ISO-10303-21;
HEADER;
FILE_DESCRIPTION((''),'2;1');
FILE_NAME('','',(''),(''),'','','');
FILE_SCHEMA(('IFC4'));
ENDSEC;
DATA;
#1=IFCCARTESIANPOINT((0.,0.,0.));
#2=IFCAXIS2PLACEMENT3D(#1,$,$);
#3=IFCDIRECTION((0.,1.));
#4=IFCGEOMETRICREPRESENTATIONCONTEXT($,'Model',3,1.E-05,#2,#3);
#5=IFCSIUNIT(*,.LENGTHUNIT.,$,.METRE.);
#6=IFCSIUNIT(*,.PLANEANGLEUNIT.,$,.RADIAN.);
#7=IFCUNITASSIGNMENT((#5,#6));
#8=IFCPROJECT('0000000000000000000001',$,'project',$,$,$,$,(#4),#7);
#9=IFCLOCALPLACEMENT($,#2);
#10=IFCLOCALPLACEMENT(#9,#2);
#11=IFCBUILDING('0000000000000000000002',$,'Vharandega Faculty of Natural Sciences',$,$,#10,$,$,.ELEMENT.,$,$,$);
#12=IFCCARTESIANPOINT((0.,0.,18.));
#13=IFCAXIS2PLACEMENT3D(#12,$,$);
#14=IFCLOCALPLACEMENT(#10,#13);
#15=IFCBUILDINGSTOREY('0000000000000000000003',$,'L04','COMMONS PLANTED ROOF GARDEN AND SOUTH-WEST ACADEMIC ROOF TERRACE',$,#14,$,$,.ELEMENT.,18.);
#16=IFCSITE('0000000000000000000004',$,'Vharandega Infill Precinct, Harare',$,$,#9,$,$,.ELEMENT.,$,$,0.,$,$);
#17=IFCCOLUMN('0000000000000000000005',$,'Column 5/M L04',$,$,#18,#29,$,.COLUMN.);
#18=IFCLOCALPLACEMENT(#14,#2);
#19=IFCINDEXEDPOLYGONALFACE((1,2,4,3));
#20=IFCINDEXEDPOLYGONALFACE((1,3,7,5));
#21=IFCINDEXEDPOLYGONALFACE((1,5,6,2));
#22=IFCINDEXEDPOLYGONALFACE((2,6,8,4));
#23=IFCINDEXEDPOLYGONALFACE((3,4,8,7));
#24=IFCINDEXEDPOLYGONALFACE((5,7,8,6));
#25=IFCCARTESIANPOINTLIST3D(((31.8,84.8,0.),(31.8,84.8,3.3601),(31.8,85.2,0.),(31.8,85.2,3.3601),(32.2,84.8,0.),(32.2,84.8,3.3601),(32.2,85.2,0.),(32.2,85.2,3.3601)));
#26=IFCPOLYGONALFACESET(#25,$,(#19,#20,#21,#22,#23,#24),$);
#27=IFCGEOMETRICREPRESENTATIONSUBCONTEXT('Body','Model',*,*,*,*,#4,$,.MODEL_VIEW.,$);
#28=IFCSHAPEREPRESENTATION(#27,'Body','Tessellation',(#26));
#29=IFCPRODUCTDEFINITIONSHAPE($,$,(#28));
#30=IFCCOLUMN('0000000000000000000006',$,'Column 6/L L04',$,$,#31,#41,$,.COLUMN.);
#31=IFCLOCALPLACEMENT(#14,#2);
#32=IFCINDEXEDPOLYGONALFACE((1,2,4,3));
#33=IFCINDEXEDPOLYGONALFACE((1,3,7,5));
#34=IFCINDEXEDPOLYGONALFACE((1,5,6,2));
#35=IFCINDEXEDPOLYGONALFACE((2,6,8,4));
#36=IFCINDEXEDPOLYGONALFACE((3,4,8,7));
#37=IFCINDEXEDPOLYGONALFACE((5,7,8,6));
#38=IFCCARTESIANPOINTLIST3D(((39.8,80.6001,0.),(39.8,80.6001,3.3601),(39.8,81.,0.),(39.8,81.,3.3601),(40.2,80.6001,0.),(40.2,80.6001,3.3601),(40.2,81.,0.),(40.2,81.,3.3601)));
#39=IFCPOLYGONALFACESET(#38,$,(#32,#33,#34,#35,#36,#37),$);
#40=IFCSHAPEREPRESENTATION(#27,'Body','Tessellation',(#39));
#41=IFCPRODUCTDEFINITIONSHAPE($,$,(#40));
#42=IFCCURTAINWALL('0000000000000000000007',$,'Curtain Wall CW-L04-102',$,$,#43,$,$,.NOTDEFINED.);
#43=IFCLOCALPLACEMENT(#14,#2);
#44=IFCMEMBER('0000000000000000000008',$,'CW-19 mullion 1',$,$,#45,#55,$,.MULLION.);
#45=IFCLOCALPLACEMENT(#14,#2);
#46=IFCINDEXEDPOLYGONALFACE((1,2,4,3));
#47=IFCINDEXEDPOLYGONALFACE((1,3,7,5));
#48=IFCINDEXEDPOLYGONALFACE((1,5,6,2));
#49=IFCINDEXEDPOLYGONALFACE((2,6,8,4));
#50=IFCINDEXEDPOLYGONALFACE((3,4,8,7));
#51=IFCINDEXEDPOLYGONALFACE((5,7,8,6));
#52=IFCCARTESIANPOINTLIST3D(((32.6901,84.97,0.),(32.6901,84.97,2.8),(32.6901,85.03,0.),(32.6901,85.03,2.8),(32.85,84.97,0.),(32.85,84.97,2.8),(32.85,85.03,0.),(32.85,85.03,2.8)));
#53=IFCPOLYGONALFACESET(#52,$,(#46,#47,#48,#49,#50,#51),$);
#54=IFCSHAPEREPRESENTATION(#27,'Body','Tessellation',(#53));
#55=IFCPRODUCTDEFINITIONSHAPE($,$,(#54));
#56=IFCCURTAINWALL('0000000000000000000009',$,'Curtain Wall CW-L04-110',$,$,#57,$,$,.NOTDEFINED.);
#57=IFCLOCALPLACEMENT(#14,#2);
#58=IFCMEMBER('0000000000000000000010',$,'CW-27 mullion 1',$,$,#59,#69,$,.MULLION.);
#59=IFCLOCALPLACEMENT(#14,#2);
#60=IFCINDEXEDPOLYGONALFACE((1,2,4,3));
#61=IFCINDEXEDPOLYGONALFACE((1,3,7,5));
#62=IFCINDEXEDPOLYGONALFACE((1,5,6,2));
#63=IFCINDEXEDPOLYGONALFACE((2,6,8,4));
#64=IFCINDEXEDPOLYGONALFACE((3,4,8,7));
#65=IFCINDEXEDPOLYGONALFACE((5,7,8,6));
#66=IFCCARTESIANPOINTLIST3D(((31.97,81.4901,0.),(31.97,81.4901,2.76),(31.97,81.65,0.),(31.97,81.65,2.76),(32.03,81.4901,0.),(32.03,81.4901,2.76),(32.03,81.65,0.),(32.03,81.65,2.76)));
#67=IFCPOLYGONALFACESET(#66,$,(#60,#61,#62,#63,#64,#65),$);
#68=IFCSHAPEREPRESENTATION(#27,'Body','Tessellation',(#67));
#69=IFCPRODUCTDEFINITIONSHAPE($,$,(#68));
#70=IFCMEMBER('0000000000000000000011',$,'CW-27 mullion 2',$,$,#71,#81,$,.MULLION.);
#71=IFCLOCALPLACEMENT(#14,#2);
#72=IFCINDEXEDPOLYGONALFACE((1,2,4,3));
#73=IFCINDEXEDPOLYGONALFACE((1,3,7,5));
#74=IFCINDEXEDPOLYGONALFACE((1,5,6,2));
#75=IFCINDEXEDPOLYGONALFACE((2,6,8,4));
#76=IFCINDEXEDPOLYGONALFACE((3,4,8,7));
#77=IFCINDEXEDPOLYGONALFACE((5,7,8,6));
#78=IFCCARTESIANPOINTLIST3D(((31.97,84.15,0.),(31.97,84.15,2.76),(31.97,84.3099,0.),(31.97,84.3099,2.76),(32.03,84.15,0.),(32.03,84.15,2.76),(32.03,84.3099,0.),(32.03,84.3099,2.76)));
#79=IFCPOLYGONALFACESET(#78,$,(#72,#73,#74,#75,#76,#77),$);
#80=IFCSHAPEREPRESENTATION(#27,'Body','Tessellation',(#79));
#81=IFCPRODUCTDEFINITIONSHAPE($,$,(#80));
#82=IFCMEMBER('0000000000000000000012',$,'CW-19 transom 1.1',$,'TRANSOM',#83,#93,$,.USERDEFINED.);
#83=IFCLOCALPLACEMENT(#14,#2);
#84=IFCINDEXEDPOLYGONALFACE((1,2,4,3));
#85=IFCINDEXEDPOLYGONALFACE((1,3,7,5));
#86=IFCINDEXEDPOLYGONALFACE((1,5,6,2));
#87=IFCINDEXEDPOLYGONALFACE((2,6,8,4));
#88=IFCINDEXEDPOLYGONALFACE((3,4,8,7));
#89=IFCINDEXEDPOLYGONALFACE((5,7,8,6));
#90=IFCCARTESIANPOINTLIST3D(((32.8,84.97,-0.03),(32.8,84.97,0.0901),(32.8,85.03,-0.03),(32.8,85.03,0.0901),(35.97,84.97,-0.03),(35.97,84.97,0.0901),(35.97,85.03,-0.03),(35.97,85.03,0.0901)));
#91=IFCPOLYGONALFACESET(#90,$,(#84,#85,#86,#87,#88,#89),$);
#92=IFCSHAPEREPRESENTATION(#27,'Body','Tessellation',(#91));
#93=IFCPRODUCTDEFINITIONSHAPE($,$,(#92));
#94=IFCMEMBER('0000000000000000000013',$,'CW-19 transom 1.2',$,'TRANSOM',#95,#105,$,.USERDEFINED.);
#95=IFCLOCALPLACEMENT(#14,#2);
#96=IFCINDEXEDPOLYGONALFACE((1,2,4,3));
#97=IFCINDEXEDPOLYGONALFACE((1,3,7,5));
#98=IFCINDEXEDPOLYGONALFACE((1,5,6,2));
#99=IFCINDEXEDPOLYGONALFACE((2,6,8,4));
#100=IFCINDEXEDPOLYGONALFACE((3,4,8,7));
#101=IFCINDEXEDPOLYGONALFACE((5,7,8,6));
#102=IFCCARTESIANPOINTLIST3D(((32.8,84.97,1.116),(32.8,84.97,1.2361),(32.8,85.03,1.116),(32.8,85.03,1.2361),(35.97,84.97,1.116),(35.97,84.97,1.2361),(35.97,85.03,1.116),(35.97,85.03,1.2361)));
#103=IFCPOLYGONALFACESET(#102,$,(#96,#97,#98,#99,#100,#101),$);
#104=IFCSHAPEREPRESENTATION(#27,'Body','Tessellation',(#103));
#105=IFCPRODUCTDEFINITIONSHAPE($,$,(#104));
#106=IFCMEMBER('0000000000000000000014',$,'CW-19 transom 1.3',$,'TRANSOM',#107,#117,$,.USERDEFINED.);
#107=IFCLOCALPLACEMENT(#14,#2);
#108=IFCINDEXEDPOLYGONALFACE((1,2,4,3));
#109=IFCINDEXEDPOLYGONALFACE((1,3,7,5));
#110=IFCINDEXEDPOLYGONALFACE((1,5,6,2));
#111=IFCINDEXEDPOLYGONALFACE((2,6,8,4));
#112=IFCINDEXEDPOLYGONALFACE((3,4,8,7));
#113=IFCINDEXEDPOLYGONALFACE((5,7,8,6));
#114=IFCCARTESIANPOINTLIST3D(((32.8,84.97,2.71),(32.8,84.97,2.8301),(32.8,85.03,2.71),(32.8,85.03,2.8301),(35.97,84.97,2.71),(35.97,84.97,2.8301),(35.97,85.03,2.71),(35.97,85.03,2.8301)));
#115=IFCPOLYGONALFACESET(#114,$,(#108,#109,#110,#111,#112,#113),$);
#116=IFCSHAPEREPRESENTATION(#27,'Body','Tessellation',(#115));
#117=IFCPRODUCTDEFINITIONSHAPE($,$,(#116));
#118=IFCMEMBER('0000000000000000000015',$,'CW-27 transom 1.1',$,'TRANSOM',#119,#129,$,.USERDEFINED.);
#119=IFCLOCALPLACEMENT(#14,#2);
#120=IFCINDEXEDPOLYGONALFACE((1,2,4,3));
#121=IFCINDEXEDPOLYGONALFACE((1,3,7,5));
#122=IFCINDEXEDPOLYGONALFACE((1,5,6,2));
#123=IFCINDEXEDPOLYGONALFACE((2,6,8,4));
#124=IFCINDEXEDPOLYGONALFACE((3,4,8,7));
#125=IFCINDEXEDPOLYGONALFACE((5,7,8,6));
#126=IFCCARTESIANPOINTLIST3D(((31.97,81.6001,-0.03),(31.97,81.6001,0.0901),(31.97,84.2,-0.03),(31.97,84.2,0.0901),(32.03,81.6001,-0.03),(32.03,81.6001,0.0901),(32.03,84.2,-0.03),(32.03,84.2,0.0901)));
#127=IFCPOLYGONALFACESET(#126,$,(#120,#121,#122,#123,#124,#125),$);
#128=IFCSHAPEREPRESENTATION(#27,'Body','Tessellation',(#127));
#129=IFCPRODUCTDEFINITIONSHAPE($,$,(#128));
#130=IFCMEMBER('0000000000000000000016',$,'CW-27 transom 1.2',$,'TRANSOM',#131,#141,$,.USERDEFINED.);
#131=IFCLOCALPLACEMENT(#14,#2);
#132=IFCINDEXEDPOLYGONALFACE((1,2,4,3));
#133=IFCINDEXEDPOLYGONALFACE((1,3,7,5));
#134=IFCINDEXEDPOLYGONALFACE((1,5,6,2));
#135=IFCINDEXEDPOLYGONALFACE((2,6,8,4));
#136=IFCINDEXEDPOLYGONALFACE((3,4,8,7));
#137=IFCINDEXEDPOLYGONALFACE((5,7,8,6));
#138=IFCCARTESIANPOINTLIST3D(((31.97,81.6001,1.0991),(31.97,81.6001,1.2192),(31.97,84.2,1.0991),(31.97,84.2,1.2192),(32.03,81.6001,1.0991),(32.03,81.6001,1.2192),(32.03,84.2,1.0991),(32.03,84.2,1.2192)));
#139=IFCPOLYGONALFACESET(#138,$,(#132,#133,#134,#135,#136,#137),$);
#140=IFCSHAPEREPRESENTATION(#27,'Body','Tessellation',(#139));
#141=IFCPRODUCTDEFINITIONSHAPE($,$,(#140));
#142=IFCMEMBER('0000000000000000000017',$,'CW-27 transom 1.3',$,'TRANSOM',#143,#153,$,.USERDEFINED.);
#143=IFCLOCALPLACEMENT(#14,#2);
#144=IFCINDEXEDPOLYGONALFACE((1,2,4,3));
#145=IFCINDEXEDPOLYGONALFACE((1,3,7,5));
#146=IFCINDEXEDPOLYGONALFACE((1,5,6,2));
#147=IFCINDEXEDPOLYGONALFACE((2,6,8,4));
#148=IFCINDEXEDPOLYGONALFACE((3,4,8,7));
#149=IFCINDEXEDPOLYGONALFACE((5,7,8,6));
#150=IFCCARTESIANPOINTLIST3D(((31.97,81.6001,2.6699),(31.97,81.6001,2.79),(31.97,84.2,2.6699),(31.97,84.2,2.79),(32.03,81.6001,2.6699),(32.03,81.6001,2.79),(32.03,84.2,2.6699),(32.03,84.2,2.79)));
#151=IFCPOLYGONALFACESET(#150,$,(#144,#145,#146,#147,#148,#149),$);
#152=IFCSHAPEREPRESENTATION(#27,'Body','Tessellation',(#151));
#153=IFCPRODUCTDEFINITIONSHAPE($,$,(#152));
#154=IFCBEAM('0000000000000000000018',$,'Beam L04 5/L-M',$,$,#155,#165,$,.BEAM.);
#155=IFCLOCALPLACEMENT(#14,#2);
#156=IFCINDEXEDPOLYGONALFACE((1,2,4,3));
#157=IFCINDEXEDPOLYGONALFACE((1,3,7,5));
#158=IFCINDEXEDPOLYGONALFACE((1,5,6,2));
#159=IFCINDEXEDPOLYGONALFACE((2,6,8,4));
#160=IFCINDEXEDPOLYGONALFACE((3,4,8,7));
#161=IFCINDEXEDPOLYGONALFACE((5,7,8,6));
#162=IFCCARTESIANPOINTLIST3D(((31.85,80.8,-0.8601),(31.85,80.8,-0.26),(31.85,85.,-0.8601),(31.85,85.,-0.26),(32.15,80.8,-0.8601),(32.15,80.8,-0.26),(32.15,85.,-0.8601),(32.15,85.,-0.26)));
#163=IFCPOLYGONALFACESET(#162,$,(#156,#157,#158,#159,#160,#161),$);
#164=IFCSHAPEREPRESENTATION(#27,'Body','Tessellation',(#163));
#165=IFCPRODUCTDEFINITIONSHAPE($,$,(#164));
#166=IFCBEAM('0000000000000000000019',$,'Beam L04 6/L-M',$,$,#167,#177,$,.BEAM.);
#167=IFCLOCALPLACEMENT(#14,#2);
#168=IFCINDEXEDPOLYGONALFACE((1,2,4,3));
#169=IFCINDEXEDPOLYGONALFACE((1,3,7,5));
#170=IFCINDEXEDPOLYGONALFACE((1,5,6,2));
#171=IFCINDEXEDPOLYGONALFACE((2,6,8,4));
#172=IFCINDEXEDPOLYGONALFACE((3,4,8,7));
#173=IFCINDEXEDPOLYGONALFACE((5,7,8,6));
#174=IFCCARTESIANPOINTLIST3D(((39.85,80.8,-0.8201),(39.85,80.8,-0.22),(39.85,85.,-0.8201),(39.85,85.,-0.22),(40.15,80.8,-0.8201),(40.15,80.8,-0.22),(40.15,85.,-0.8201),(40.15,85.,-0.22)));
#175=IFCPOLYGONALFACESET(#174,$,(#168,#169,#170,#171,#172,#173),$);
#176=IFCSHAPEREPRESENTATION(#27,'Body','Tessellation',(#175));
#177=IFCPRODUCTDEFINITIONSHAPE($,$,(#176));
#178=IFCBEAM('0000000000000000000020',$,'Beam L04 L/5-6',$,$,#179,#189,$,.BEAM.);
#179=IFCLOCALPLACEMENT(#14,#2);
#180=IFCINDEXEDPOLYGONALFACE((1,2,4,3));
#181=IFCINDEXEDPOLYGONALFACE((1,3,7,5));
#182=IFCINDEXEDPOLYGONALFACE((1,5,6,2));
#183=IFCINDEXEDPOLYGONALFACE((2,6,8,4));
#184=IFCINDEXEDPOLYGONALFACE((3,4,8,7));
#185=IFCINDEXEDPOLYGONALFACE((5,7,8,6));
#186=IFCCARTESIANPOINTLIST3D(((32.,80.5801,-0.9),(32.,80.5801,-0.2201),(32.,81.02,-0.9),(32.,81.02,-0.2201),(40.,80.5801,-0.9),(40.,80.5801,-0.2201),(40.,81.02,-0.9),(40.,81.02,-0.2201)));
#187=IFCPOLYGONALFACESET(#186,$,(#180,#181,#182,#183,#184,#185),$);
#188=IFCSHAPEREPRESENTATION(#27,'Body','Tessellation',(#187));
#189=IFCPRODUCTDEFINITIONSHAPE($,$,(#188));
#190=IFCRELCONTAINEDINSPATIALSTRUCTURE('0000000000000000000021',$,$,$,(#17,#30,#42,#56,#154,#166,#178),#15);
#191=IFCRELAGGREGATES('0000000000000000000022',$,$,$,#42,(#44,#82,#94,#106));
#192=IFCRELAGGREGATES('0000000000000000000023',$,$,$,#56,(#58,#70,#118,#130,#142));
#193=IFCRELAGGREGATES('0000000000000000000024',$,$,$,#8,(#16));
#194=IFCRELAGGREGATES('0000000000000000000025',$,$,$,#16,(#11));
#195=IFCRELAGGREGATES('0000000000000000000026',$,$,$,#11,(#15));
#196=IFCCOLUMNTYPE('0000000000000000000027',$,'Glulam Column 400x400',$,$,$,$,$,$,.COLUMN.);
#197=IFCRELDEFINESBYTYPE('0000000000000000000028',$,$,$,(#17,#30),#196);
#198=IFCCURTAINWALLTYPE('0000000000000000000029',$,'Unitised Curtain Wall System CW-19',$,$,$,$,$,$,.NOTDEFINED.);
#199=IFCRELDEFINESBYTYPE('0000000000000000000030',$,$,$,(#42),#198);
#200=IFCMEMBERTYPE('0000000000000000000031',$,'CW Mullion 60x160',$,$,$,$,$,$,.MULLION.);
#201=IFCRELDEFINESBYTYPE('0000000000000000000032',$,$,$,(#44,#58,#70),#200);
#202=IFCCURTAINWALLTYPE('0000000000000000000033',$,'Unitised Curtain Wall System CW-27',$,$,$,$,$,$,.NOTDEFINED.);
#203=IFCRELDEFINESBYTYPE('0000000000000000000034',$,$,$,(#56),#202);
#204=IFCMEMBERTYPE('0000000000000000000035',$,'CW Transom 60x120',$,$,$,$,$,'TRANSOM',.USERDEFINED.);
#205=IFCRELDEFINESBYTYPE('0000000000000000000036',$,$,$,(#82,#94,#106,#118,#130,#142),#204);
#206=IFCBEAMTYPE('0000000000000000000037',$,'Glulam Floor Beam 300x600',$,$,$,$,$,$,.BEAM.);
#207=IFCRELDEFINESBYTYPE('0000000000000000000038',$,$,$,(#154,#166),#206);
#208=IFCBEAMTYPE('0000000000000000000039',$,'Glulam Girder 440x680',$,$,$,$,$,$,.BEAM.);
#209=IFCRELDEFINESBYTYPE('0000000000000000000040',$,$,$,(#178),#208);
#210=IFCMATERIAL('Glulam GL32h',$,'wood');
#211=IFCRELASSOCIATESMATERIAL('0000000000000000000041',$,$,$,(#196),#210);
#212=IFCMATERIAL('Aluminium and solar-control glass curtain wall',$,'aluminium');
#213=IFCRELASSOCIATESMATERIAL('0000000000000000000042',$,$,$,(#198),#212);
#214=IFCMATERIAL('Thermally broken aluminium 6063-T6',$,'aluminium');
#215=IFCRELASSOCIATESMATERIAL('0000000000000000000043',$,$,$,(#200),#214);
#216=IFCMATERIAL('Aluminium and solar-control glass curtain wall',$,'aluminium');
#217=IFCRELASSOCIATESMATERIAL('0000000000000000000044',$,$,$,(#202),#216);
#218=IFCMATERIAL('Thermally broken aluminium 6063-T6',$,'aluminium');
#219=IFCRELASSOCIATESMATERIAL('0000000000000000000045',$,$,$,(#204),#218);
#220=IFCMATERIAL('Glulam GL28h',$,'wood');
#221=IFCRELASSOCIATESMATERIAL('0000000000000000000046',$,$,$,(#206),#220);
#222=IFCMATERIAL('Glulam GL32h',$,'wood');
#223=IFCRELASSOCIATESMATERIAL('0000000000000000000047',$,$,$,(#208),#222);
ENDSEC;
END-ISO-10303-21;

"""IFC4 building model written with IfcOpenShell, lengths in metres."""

from ifc_helpers import new_model, si_unit, direction, frame, origin, origin_2d, place, context, subcontext, project, spatial, rectangle, extrude, material, material_profile, profile_set, type_object, element, aggregate, save


model = new_model("IFC4")

# Units and contexts
model_context = context("Model", 3, precision=1e-05, world=origin(), true_north=direction((0.0, 1.0)))
body_context = subcontext(model_context, "Body", "Model", "MODEL_VIEW")
ifc_project = project(units=[si_unit("LENGTHUNIT", "METRE"), si_unit("PLANEANGLEUNIT", "RADIAN")], contexts=[model_context])

# Site, building, storey
site_placement = place(None, origin())
site = spatial("IfcSite", under=ifc_project, at=site_placement, Name="Vharandega Infill Precinct, Harare", CompositionType="ELEMENT", RefElevation=0.0)
building_placement = place(site_placement, origin())
building = spatial("IfcBuilding", under=site, at=building_placement, Name="Vharandega Faculty of Natural Sciences", CompositionType="ELEMENT")
storey_placement = place(building_placement, frame((0.0, 0.0, 18.0)))
storey = spatial("IfcBuildingStorey", under=building, at=storey_placement, Name="L04", Description="COMMONS PLANTED ROOF GARDEN AND SOUTH-WEST ACADEMIC ROOF TERRACE", CompositionType="ELEMENT", Elevation=18.0)

# Columns
ifc_material_1 = material(Name="Glulam GL32h", Category="wood")
ifc_material_profile_1 = material_profile(ifc_material_1, rectangle(XDim=0.3999, YDim=0.3999, at=origin_2d()), Name="GL32h 400x400")
ifc_profile_set_1 = profile_set([ifc_material_profile_1], Name="Glulam GL32h")
column_type = type_object("IfcColumnType", Name="Glulam Column 400x400", PredefinedType="COLUMN", material=ifc_profile_set_1)
for number, where, z_axis, x_axis, name in (
    (1, (32.0, 85.0, 0.0), (0.0, 0.0, 1.0), (1.0, 0.0, 0.0), "Column 5/M L04"),
    (2, (40.0, 80.8, 0.0), (0.0, 0.0, 1.0), (1.0, 0.0, 0.0), "Column 6/L L04"),
):
    element("IfcColumn", number, at=place(storey_placement, frame(where, z_axis=z_axis, x_axis=x_axis)), inside=storey, type_object=column_type, Name=name, PredefinedType="COLUMN", context=body_context, shape_type="SweptSolid", body=[
        extrude(rectangle(XDim=0.3999, YDim=0.3999, at=origin_2d()), origin(), (0.0, 0.0, 1.0), 3.3601),
    ])

# Curtain wall, member
ifc_material_2 = material(Name="Aluminium and solar-control glass curtain wall", Category="aluminium")
curtain_wall_type_1 = type_object("IfcCurtainWallType", Name="Unitised Curtain Wall System CW-19", PredefinedType="NOTDEFINED", material=ifc_material_2)
curtain_wall_1_placement = place(storey_placement, origin())
curtain_wall_1 = element("IfcCurtainWall", 3, at=curtain_wall_1_placement, inside=storey, type_object=curtain_wall_type_1, Name="Curtain Wall CW-L04-102", PredefinedType="NOTDEFINED")
ifc_material_3 = material(Name="Thermally broken aluminium 6063-T6", Category="aluminium")
ifc_material_profile_2 = material_profile(ifc_material_3, rectangle(XDim=0.0601, YDim=0.1599, at=origin_2d()), Name="ALU 60x160")
ifc_profile_set_2 = profile_set([ifc_material_profile_2], Name="Thermally broken aluminium 6063-T6")
member_type_1 = type_object("IfcMemberType", Name="CW Mullion 60x160", PredefinedType="MULLION", material=ifc_profile_set_2)
member_1_placement = place(storey_placement, frame((32.77, 85.0, 0.0), z_axis=(0.0, 0.0, 1.0), x_axis=(0.0, 1.0, 0.0)))
member_1 = element("IfcMember", 4, at=member_1_placement, type_object=member_type_1, Name="CW-19 mullion 1", PredefinedType="MULLION", context=body_context, shape_type="SweptSolid", body=[
    extrude(rectangle(XDim=0.0601, YDim=0.1599, at=origin_2d()), origin(), (0.0, 0.0, 1.0), 2.8),
])

# Curtain wall, members
ifc_material_4 = material(Name="Aluminium and solar-control glass curtain wall", Category="aluminium")
curtain_wall_type_2 = type_object("IfcCurtainWallType", Name="Unitised Curtain Wall System CW-27", PredefinedType="NOTDEFINED", material=ifc_material_4)
curtain_wall_2_placement = place(storey_placement, origin())
curtain_wall_2 = element("IfcCurtainWall", 5, at=curtain_wall_2_placement, inside=storey, type_object=curtain_wall_type_2, Name="Curtain Wall CW-L04-110", PredefinedType="NOTDEFINED")
member_2_placement = place(storey_placement, frame((32.0, 81.5701, 0.0), z_axis=(0.0, 0.0, 1.0), x_axis=(-1.0, 0.0, 0.0)))
member_2 = element("IfcMember", 6, at=member_2_placement, type_object=member_type_1, Name="CW-27 mullion 1", PredefinedType="MULLION", context=body_context, shape_type="SweptSolid", body=[
    extrude(rectangle(XDim=0.0601, YDim=0.1599, at=origin_2d()), origin(), (0.0, 0.0, 1.0), 2.76),
])
member_3_placement = place(storey_placement, frame((32.0, 84.23, 0.0), z_axis=(0.0, 0.0, 1.0), x_axis=(-1.0, 0.0, 0.0)))
member_3 = element("IfcMember", 7, at=member_3_placement, type_object=member_type_1, Name="CW-27 mullion 2", PredefinedType="MULLION", context=body_context, shape_type="SweptSolid", body=[
    extrude(rectangle(XDim=0.0601, YDim=0.1599, at=origin_2d()), origin(), (0.0, 0.0, 1.0), 2.76),
])

# Members
ifc_material_5 = material(Name="Thermally broken aluminium 6063-T6", Category="aluminium")
ifc_material_profile_3 = material_profile(ifc_material_5, rectangle(XDim=0.0601, YDim=0.1201, at=origin_2d()), Name="ALU 60x120")
ifc_profile_set_3 = profile_set([ifc_material_profile_3], Name="Thermally broken aluminium 6063-T6")
member_type_2 = type_object("IfcMemberType", Name="CW Transom 60x120", ElementType="TRANSOM", PredefinedType="USERDEFINED", material=ifc_profile_set_3)
member_4_placement = place(storey_placement, frame((32.8, 85.0, 0.03), z_axis=(1.0, 0.0, 0.0), x_axis=(0.0, 1.0, 0.0)))
member_4 = element("IfcMember", 8, at=member_4_placement, type_object=member_type_2, Name="CW-19 transom 1.1", ObjectType="TRANSOM", PredefinedType="USERDEFINED", context=body_context, shape_type="SweptSolid", body=[
    extrude(rectangle(XDim=0.0601, YDim=0.1201, at=origin_2d()), origin(), (0.0, 0.0, 1.0), 3.1699),
])
member_5_placement = place(storey_placement, frame((32.8, 85.0, 1.176), z_axis=(1.0, 0.0, 0.0), x_axis=(0.0, 1.0, 0.0)))
member_5 = element("IfcMember", 9, at=member_5_placement, type_object=member_type_2, Name="CW-19 transom 1.2", ObjectType="TRANSOM", PredefinedType="USERDEFINED", context=body_context, shape_type="SweptSolid", body=[
    extrude(rectangle(XDim=0.0601, YDim=0.1201, at=origin_2d()), origin(), (0.0, 0.0, 1.0), 3.1699),
])
member_6_placement = place(storey_placement, frame((32.8, 85.0, 2.77), z_axis=(1.0, 0.0, 0.0), x_axis=(0.0, 1.0, 0.0)))
member_6 = element("IfcMember", 10, at=member_6_placement, type_object=member_type_2, Name="CW-19 transom 1.3", ObjectType="TRANSOM", PredefinedType="USERDEFINED", context=body_context, shape_type="SweptSolid", body=[
    extrude(rectangle(XDim=0.0601, YDim=0.1201, at=origin_2d()), origin(), (0.0, 0.0, 1.0), 3.1699),
])
member_7_placement = place(storey_placement, frame((32.0, 81.6001, 0.03), z_axis=(0.0, 1.0, 0.0), x_axis=(-1.0, 0.0, 0.0)))
member_7 = element("IfcMember", 11, at=member_7_placement, type_object=member_type_2, Name="CW-27 transom 1.1", ObjectType="TRANSOM", PredefinedType="USERDEFINED", context=body_context, shape_type="SweptSolid", body=[
    extrude(rectangle(XDim=0.0601, YDim=0.1201, at=origin_2d()), origin(), (0.0, 0.0, 1.0), 2.5999),
])
member_8_placement = place(storey_placement, frame((32.0, 81.6001, 1.1592), z_axis=(0.0, 1.0, 0.0), x_axis=(-1.0, 0.0, 0.0)))
member_8 = element("IfcMember", 12, at=member_8_placement, type_object=member_type_2, Name="CW-27 transom 1.2", ObjectType="TRANSOM", PredefinedType="USERDEFINED", context=body_context, shape_type="SweptSolid", body=[
    extrude(rectangle(XDim=0.0601, YDim=0.1201, at=origin_2d()), origin(), (0.0, 0.0, 1.0), 2.5999),
])
member_9_placement = place(storey_placement, frame((32.0, 81.6001, 2.73), z_axis=(0.0, 1.0, 0.0), x_axis=(-1.0, 0.0, 0.0)))
member_9 = element("IfcMember", 13, at=member_9_placement, type_object=member_type_2, Name="CW-27 transom 1.3", ObjectType="TRANSOM", PredefinedType="USERDEFINED", context=body_context, shape_type="SweptSolid", body=[
    extrude(rectangle(XDim=0.0601, YDim=0.1201, at=origin_2d()), origin(), (0.0, 0.0, 1.0), 2.5999),
])

# Beams
ifc_material_6 = material(Name="Glulam GL28h", Category="wood")
ifc_material_profile_4 = material_profile(ifc_material_6, rectangle(XDim=0.3, YDim=0.6001, at=origin_2d()), Name="GL28h 300x600")
ifc_profile_set_4 = profile_set([ifc_material_profile_4], Name="Glulam GL28h")
beam_type_1 = type_object("IfcBeamType", Name="Glulam Floor Beam 300x600", PredefinedType="BEAM", material=ifc_profile_set_4)
for number, where, z_axis, x_axis, name in (
    (14, (32.0, 80.8, -0.5601), (0.0, 1.0, 0.0), (-1.0, 0.0, 0.0), "Beam L04 5/L-M"),
    (15, (40.0, 80.8, -0.52), (0.0, 1.0, 0.0), (-1.0, 0.0, 0.0), "Beam L04 6/L-M"),
):
    element("IfcBeam", number, at=place(storey_placement, frame(where, z_axis=z_axis, x_axis=x_axis)), inside=storey, type_object=beam_type_1, Name=name, PredefinedType="BEAM", context=body_context, shape_type="SweptSolid", body=[
        extrude(rectangle(XDim=0.3, YDim=0.6001, at=origin_2d()), origin(), (0.0, 0.0, 1.0), 4.2),
    ])
ifc_material_7 = material(Name="Glulam GL32h", Category="wood")
ifc_material_profile_5 = material_profile(ifc_material_7, rectangle(XDim=0.4399, YDim=0.6799, at=origin_2d()), Name="GL32h 440x680")
ifc_profile_set_5 = profile_set([ifc_material_profile_5], Name="Glulam GL32h")
beam_type_2 = type_object("IfcBeamType", Name="Glulam Girder 440x680", PredefinedType="BEAM", material=ifc_profile_set_5)
for number, where, z_axis, x_axis, name in (
    (16, (32.0, 80.8, -0.5601), (1.0, 0.0, 0.0), (0.0, 1.0, 0.0), "Beam L04 L/5-6"),
):
    element("IfcBeam", number, at=place(storey_placement, frame(where, z_axis=z_axis, x_axis=x_axis)), inside=storey, type_object=beam_type_2, Name=name, PredefinedType="BEAM", context=body_context, shape_type="SweptSolid", body=[
        extrude(rectangle(XDim=0.4399, YDim=0.6799, at=origin_2d()), origin(), (0.0, 0.0, 1.0), 8.0),
    ])

aggregate(curtain_wall_1, [member_1, member_4, member_5, member_6])
aggregate(curtain_wall_2, [member_2, member_3, member_7, member_8, member_9])

save(model, "model.ifc")
